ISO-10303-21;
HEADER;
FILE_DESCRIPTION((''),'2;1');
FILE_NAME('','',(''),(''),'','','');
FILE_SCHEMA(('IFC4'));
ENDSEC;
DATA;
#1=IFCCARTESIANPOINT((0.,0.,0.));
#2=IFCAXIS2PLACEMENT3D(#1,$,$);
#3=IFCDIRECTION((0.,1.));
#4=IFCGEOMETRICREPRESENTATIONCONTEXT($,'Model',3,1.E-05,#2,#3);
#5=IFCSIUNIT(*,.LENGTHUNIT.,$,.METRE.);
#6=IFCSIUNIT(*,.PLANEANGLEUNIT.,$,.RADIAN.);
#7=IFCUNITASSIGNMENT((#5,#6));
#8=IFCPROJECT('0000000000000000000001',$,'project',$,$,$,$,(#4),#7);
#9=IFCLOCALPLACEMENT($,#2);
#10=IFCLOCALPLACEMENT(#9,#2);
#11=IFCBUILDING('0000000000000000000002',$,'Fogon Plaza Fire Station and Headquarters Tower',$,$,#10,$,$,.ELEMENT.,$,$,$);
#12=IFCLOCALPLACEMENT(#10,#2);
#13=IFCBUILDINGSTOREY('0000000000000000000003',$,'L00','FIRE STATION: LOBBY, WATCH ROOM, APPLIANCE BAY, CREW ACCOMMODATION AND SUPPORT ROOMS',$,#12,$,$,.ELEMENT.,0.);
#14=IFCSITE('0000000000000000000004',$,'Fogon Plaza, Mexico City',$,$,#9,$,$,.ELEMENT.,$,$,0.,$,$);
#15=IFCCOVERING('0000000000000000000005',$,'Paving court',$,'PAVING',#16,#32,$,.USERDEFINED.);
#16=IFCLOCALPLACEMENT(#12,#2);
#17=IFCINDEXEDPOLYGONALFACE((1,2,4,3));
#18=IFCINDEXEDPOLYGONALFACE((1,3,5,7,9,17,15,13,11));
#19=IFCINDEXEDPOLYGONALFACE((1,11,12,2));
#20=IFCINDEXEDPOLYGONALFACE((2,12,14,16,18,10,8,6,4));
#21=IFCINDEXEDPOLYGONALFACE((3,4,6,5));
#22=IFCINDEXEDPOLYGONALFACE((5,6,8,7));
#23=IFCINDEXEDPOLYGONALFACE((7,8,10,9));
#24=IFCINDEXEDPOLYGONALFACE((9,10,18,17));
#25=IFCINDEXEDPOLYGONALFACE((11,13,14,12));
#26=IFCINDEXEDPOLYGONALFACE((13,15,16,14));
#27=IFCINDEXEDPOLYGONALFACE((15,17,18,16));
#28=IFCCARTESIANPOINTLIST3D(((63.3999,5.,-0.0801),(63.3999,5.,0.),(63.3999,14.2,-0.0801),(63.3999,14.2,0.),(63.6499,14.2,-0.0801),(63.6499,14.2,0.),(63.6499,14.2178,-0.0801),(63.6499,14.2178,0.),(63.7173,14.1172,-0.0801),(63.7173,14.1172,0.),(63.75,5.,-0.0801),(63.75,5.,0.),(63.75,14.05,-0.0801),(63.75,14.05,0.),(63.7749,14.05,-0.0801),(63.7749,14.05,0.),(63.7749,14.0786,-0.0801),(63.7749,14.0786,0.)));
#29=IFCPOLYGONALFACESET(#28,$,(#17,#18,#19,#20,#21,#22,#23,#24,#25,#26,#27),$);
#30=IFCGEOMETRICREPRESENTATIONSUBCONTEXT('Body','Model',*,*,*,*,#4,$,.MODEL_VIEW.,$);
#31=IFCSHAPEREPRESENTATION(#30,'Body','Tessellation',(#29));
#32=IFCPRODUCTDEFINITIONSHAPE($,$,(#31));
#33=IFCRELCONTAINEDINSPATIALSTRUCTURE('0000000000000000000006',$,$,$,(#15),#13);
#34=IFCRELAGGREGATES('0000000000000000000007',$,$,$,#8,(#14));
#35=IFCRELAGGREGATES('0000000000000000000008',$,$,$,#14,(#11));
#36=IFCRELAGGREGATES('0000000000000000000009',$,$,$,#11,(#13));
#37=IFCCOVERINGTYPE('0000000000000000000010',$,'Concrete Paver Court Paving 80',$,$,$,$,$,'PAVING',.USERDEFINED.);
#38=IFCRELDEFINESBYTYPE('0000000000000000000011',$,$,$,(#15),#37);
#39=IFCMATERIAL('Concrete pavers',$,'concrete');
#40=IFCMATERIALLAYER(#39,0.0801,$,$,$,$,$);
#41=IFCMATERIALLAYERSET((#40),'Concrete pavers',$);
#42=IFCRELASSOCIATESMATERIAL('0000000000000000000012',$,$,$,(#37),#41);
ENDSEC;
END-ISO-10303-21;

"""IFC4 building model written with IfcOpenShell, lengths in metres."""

from ifc_helpers import new_model, si_unit, direction, frame, origin, place, context, subcontext, project, spatial, polyline, outline, extrude, material, layer, layer_set, type_object, element, save


model = new_model("IFC4")

# Units and contexts
model_context = context("Model", 3, precision=1e-05, world=origin(), true_north=direction((0.0, 1.0)))
body_context = subcontext(model_context, "Body", "Model", "MODEL_VIEW")
ifc_project = project(units=[si_unit("LENGTHUNIT", "METRE"), si_unit("PLANEANGLEUNIT", "RADIAN")], contexts=[model_context])

# Site, building, storey
site_placement = place(None, origin())
site = spatial("IfcSite", under=ifc_project, at=site_placement, Name="Fogon Plaza, Mexico City", CompositionType="ELEMENT", RefElevation=0.0)
building_placement = place(site_placement, origin())
building = spatial("IfcBuilding", under=site, at=building_placement, Name="Fogon Plaza Fire Station and Headquarters Tower", CompositionType="ELEMENT")
storey_placement = place(building_placement, origin())
storey = spatial("IfcBuildingStorey", under=building, at=storey_placement, Name="L00", Description="FIRE STATION: LOBBY, WATCH ROOM, APPLIANCE BAY, CREW ACCOMMODATION AND SUPPORT ROOMS", CompositionType="ELEMENT", Elevation=0.0)

# Covering
ifc_material_1 = material(Name="Concrete pavers", Category="concrete")
ifc_layer_1 = layer(ifc_material_1, 0.0801)
ifc_layer_set_1 = layer_set([ifc_layer_1], Name="Concrete pavers")
covering_type_1 = type_object("IfcCoveringType", Name="Concrete Paver Court Paving 80", ElementType="PAVING", PredefinedType="USERDEFINED", material=ifc_layer_set_1)
covering_1_placement = place(storey_placement, frame((0.0, 0.0, -0.0801)))
element("IfcCovering", 1, at=covering_1_placement, inside=storey, type_object=covering_type_1, Name="Paving court", ObjectType="PAVING", PredefinedType="USERDEFINED", context=body_context, shape_type="SweptSolid", body=[
    extrude(outline(polyline([(63.6499, 14.2), (63.6499, 14.2178), (63.7173, 14.1172), (63.7749, 14.0786), (63.7749, 14.05), (63.75, 14.05), (63.75, 5.0), (63.3999, 5.0), (63.3999, 14.2), (63.3999, 14.2), (63.6499, 14.2)])), origin(), (0.0, 0.0, 1.0), 0.0801),
])

save(model, "model.ifc")
